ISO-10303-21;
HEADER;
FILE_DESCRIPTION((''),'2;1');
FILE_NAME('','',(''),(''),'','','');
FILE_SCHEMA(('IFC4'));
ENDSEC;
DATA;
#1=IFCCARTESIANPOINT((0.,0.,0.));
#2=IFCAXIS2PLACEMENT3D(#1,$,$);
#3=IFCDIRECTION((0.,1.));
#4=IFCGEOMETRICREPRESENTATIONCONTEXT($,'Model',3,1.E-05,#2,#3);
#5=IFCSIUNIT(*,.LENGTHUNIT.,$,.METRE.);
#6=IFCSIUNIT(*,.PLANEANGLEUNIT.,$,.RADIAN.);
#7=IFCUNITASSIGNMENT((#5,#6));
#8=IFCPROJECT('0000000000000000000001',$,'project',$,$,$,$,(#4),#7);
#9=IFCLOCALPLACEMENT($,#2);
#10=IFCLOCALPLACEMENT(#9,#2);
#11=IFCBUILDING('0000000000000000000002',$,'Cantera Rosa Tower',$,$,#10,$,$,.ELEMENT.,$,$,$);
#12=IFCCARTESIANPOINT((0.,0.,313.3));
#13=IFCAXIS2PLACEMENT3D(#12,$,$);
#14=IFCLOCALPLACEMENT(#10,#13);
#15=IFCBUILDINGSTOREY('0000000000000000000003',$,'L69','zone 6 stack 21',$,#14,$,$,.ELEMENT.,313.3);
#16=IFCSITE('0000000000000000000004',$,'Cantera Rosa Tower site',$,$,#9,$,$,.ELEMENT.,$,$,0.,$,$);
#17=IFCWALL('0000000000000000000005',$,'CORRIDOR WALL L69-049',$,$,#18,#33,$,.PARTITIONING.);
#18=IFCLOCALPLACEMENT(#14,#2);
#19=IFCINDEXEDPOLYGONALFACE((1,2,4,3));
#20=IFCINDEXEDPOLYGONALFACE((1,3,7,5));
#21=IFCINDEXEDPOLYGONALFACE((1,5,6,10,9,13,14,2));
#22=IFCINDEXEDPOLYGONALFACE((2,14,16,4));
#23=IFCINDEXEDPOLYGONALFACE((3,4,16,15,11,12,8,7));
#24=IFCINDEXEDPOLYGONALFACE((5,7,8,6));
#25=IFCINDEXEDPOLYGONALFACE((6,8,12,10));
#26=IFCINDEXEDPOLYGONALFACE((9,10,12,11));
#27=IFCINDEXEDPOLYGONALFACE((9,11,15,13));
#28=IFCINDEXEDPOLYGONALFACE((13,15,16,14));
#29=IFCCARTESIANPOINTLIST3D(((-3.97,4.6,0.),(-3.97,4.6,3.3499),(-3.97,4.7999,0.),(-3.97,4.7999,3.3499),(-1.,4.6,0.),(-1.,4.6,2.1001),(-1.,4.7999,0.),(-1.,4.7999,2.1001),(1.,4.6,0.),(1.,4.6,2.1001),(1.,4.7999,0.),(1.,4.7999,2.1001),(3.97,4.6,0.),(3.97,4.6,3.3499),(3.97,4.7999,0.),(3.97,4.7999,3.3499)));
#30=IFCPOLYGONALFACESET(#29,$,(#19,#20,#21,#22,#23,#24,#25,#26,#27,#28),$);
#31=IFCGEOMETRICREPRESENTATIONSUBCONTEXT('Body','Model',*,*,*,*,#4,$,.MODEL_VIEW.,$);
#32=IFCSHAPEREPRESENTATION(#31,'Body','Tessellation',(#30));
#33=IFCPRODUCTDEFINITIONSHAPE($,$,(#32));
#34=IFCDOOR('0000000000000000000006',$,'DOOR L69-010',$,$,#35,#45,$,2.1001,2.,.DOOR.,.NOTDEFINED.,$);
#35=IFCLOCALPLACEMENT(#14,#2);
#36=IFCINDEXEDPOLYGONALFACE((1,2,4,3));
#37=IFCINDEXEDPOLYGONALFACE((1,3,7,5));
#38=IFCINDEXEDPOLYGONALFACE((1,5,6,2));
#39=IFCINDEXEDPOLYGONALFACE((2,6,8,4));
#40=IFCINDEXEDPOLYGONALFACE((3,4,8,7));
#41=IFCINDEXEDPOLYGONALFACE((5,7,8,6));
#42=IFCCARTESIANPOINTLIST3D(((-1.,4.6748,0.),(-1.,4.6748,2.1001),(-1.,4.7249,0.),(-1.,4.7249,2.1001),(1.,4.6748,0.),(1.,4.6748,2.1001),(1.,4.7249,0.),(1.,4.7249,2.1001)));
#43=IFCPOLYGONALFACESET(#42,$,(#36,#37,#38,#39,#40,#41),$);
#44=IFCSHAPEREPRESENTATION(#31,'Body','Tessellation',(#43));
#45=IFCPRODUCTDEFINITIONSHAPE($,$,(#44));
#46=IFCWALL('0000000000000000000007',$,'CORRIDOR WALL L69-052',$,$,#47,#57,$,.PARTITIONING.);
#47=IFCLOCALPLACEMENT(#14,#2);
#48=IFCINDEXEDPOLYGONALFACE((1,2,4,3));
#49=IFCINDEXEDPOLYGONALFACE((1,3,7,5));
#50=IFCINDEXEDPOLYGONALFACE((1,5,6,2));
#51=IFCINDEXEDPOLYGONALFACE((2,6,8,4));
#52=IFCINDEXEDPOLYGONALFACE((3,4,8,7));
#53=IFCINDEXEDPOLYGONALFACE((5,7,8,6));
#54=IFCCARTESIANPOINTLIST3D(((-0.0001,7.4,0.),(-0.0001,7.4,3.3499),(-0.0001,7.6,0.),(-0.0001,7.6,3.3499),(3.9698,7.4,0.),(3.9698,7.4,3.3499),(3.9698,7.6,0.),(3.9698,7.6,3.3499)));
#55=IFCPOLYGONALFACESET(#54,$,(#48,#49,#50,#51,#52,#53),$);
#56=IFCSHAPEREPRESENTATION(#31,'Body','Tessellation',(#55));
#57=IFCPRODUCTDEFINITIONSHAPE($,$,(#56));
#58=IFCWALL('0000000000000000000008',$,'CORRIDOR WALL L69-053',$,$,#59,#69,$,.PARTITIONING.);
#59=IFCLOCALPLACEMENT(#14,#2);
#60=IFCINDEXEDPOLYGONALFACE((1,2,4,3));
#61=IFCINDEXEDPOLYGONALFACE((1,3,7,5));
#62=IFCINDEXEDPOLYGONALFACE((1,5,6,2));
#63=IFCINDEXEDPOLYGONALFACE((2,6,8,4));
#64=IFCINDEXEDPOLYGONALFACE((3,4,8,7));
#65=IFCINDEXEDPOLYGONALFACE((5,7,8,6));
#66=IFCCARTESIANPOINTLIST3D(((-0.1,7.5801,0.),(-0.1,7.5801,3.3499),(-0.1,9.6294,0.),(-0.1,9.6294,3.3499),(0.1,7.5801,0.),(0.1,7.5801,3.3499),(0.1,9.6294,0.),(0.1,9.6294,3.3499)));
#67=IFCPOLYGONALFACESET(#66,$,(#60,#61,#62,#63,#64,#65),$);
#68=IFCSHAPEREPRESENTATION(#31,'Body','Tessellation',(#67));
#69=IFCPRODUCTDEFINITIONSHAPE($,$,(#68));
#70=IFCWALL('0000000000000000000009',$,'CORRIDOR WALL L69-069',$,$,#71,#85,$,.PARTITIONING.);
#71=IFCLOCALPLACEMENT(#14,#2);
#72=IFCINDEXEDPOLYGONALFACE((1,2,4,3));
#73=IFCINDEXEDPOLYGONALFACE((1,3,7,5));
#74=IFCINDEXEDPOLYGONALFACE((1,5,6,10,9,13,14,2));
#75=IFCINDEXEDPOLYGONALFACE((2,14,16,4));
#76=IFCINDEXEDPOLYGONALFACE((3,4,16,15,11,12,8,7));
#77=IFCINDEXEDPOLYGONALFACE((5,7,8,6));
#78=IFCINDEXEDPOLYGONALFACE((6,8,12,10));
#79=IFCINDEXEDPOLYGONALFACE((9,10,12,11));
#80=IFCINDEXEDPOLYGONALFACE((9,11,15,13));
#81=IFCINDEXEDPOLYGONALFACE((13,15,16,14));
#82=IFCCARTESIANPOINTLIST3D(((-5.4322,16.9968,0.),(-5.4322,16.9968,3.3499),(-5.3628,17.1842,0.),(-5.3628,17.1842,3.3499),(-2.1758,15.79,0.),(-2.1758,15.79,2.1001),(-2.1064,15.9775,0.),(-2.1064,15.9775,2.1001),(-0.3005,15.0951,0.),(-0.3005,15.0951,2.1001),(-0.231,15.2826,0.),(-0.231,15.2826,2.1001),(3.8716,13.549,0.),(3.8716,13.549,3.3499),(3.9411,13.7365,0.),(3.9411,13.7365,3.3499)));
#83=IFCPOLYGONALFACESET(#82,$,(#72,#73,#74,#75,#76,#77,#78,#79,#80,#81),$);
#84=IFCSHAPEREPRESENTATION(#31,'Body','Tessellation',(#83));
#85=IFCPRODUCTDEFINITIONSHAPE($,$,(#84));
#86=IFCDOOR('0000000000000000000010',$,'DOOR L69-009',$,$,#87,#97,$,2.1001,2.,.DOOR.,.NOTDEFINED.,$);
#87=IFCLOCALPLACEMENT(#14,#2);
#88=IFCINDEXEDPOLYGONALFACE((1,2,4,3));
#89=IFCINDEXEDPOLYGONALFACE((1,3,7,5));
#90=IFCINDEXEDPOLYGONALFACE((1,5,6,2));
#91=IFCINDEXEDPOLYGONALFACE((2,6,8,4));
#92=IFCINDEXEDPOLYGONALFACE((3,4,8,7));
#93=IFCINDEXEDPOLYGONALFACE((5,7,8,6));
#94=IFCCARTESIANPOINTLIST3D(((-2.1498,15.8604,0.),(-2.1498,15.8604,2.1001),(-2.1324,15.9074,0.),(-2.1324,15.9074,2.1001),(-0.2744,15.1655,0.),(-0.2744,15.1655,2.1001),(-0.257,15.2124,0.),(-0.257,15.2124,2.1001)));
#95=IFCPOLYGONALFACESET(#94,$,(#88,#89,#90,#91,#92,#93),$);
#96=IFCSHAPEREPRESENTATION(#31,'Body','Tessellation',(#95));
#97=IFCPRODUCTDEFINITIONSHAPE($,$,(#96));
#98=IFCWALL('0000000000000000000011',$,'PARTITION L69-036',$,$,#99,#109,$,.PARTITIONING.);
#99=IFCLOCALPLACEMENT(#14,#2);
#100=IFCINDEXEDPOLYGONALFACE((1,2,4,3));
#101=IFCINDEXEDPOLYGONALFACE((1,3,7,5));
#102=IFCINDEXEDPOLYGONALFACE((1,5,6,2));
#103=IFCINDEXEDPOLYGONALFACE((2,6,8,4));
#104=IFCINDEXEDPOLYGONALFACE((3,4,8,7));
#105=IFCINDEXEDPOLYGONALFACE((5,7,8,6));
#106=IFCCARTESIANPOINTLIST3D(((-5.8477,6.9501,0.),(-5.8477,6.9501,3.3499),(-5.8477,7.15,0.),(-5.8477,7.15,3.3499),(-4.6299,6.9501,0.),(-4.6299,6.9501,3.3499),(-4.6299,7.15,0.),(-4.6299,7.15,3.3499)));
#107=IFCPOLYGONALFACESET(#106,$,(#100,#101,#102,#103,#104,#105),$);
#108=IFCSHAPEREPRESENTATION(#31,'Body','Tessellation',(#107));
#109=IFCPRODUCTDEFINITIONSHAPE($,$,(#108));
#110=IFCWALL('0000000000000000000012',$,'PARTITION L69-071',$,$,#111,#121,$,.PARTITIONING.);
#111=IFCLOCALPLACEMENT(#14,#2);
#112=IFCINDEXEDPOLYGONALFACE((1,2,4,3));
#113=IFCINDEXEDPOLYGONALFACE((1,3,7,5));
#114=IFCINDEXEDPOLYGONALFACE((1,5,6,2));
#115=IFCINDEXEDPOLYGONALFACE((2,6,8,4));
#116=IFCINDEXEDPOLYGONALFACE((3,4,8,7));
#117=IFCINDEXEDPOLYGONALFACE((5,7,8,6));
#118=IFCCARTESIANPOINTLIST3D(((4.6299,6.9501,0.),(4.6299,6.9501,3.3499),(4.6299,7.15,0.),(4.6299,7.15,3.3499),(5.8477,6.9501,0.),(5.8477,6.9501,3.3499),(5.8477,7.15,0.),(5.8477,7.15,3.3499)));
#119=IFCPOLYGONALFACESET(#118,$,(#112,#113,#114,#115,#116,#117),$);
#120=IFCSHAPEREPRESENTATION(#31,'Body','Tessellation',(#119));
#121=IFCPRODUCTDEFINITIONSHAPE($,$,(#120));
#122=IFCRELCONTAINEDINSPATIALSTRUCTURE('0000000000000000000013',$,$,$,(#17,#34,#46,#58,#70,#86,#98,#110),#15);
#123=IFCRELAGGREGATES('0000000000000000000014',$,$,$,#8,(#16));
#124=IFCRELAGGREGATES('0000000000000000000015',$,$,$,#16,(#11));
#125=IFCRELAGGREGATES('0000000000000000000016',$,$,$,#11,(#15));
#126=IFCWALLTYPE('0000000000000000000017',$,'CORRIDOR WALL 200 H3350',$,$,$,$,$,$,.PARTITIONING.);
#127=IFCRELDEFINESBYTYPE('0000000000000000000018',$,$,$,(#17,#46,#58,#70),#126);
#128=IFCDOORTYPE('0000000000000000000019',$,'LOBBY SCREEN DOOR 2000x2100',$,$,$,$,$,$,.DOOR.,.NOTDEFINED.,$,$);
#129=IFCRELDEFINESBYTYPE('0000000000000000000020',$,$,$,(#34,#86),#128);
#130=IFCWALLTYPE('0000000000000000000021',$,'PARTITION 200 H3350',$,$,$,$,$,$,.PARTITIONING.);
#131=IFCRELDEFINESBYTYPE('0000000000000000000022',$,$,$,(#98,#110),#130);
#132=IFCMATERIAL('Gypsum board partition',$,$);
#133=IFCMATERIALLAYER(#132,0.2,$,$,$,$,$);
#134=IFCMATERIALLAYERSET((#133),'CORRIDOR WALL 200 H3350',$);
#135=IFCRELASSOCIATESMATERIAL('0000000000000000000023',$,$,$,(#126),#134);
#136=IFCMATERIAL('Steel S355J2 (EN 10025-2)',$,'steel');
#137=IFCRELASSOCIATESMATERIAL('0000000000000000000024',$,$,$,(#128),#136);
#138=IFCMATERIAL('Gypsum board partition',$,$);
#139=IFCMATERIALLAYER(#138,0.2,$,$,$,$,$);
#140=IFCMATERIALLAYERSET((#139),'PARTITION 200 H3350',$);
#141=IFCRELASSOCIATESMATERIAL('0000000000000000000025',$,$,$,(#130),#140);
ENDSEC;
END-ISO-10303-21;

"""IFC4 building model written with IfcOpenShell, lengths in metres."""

from ifc_helpers import new_model, si_unit, direction, frame, frame_2d, origin, place, context, subcontext, project, spatial, rectangle, extrude, material, layer, layer_set, type_object, element, fill, save


model = new_model("IFC4")

# Units and contexts
model_context = context("Model", 3, precision=1e-05, world=origin(), true_north=direction((0.0, 1.0)))
body_context = subcontext(model_context, "Body", "Model", "MODEL_VIEW")
ifc_project = project(units=[si_unit("LENGTHUNIT", "METRE"), si_unit("PLANEANGLEUNIT", "RADIAN")], contexts=[model_context])

# Site, building, storey
site_placement = place(None, origin())
site = spatial("IfcSite", under=ifc_project, at=site_placement, Name="Cantera Rosa Tower site", CompositionType="ELEMENT", RefElevation=0.0)
building_placement = place(site_placement, origin())
building = spatial("IfcBuilding", under=site, at=building_placement, Name="Cantera Rosa Tower", CompositionType="ELEMENT")
storey_placement = place(building_placement, frame((0.0, 0.0, 313.3)))
storey = spatial("IfcBuildingStorey", under=building, at=storey_placement, Name="L69", Description="zone 6 stack 21", CompositionType="ELEMENT", Elevation=313.3)

# Wall, opening, door
ifc_material_1 = material(Name="Gypsum board partition")
ifc_layer_1 = layer(ifc_material_1, 0.2)
ifc_layer_set_1 = layer_set([ifc_layer_1], Name="CORRIDOR WALL 200 H3350")
wall_type_1 = type_object("IfcWallType", Name="CORRIDOR WALL 200 H3350", PredefinedType="PARTITIONING", material=ifc_layer_set_1)
wall_1_placement = place(storey_placement, frame((-3.97, 4.7, 0.0), z_axis=(0.0, 0.0, 1.0), x_axis=(1.0, 0.0, 0.0)))
wall_1 = element("IfcWall", 1, at=wall_1_placement, inside=storey, type_object=wall_type_1, Name="CORRIDOR WALL L69-049", PredefinedType="PARTITIONING", context=body_context, shape_type="SweptSolid", body=[
    extrude(rectangle(XDim=7.9399, YDim=0.2, at=frame_2d((3.97, 0.0))), origin(), (0.0, 0.0, 1.0), 3.3499),
])
opening_1_placement = place(wall_1_placement, frame((2.97, 0.0, 0.0)))
opening_1 = element("IfcOpeningElement", 2, at=opening_1_placement, cuts=wall_1, PredefinedType="OPENING", context=body_context, shape_type="SweptSolid", body=[
    extrude(rectangle(XDim=2.0, YDim=2.1001, at=frame_2d((1.0, 1.05))), frame((0.0, 0.1099, 0.0), z_axis=(0.0, -1.0, 0.0), x_axis=(1.0, 0.0, 0.0)), (0.0, 0.0, 1.0), 0.22),
])
ifc_material_2 = material(Name="Steel S355J2 (EN 10025-2)", Category="steel")
door_type_1 = type_object("IfcDoorType", Name="LOBBY SCREEN DOOR 2000x2100", OperationType="NOTDEFINED", PredefinedType="DOOR", material=ifc_material_2)
door_1_placement = place(opening_1_placement, origin())
door_1 = element("IfcDoor", 3, at=door_1_placement, inside=storey, type_object=door_type_1, Name="DOOR L69-010", OperationType="NOTDEFINED", OverallHeight=2.1001, OverallWidth=2.0, PredefinedType="DOOR", context=body_context, shape_type="SweptSolid", body=[
    extrude(rectangle(XDim=2.0, YDim=2.1001, at=frame_2d((1.0, 1.05))), frame((0.0, 0.0249, 0.0), z_axis=(0.0, -1.0, 0.0), x_axis=(1.0, 0.0, 0.0)), (0.0, 0.0, 1.0), 0.05),
])
fill(opening_1, door_1)

# Walls
wall_2_placement = place(storey_placement, frame((0.0, 7.5, 0.0), z_axis=(0.0, 0.0, 1.0), x_axis=(1.0, 0.0, 0.0)))
element("IfcWall", 4, at=wall_2_placement, inside=storey, type_object=wall_type_1, Name="CORRIDOR WALL L69-052", PredefinedType="PARTITIONING", context=body_context, shape_type="SweptSolid", body=[
    extrude(rectangle(XDim=3.97, YDim=0.2, at=frame_2d((1.9849, 0.0))), origin(), (0.0, 0.0, 1.0), 3.3499),
])
wall_3_placement = place(storey_placement, frame((0.0, 9.6294, 0.0), z_axis=(0.0, 0.0, 1.0), x_axis=(0.0, -1.0, 0.0)))
element("IfcWall", 5, at=wall_3_placement, inside=storey, type_object=wall_type_1, Name="CORRIDOR WALL L69-053", PredefinedType="PARTITIONING", context=body_context, shape_type="SweptSolid", body=[
    extrude(rectangle(XDim=2.0493, YDim=0.2, at=frame_2d((1.0247, 0.0))), origin(), (0.0, 0.0, 1.0), 3.3499),
])

# Wall, opening, door
wall_4_placement = place(storey_placement, frame((3.9062, 13.6428, 0.0), z_axis=(0.0, 0.0, 1.0), x_axis=(-0.937688, 0.347478, 0.0)))
wall_4 = element("IfcWall", 6, at=wall_4_placement, inside=storey, type_object=wall_type_1, Name="CORRIDOR WALL L69-069", PredefinedType="PARTITIONING", context=body_context, shape_type="SweptSolid", body=[
    extrude(rectangle(XDim=9.9221, YDim=0.2, at=frame_2d((4.9609, 0.0))), origin(), (0.0, 0.0, 1.0), 3.3499),
])
opening_2_placement = place(wall_4_placement, frame((4.4492, 0.0, 0.0)))
opening_2 = element("IfcOpeningElement", 7, at=opening_2_placement, cuts=wall_4, PredefinedType="OPENING", context=body_context, shape_type="SweptSolid", body=[
    extrude(rectangle(XDim=2.0, YDim=2.1001, at=frame_2d((1.0, 1.05))), frame((0.0, 0.1099, 0.0), z_axis=(0.0, -1.0, 0.0), x_axis=(1.0, 0.0, 0.0)), (0.0, 0.0, 1.0), 0.22),
])
door_2_placement = place(opening_2_placement, origin())
door_2 = element("IfcDoor", 8, at=door_2_placement, inside=storey, type_object=door_type_1, Name="DOOR L69-009", OperationType="NOTDEFINED", OverallHeight=2.1001, OverallWidth=2.0, PredefinedType="DOOR", context=body_context, shape_type="SweptSolid", body=[
    extrude(rectangle(XDim=2.0, YDim=2.1001, at=frame_2d((1.0, 1.05))), frame((0.0, 0.0249, 0.0), z_axis=(0.0, -1.0, 0.0), x_axis=(1.0, 0.0, 0.0)), (0.0, 0.0, 1.0), 0.05),
])
fill(opening_2, door_2)

# Walls
ifc_material_3 = material(Name="Gypsum board partition")
ifc_layer_2 = layer(ifc_material_3, 0.2)
ifc_layer_set_2 = layer_set([ifc_layer_2], Name="PARTITION 200 H3350")
wall_type_2 = type_object("IfcWallType", Name="PARTITION 200 H3350", PredefinedType="PARTITIONING", material=ifc_layer_set_2)
for number, where, z_axis, x_axis, name in (
    (9, (-5.8477, 7.05, 0.0), (0.0, 0.0, 1.0), (1.0, 0.0, 0.0), "PARTITION L69-036"),
    (10, (4.6299, 7.05, 0.0), (0.0, 0.0, 1.0), (1.0, 0.0, 0.0), "PARTITION L69-071"),
):
    element("IfcWall", number, at=place(storey_placement, frame(where, z_axis=z_axis, x_axis=x_axis)), inside=storey, type_object=wall_type_2, Name=name, PredefinedType="PARTITIONING", context=body_context, shape_type="SweptSolid", body=[
        extrude(rectangle(XDim=1.2178, YDim=0.2, at=frame_2d((0.6089, 0.0))), origin(), (0.0, 0.0, 1.0), 3.3499),
    ])

save(model, "model.ifc")
